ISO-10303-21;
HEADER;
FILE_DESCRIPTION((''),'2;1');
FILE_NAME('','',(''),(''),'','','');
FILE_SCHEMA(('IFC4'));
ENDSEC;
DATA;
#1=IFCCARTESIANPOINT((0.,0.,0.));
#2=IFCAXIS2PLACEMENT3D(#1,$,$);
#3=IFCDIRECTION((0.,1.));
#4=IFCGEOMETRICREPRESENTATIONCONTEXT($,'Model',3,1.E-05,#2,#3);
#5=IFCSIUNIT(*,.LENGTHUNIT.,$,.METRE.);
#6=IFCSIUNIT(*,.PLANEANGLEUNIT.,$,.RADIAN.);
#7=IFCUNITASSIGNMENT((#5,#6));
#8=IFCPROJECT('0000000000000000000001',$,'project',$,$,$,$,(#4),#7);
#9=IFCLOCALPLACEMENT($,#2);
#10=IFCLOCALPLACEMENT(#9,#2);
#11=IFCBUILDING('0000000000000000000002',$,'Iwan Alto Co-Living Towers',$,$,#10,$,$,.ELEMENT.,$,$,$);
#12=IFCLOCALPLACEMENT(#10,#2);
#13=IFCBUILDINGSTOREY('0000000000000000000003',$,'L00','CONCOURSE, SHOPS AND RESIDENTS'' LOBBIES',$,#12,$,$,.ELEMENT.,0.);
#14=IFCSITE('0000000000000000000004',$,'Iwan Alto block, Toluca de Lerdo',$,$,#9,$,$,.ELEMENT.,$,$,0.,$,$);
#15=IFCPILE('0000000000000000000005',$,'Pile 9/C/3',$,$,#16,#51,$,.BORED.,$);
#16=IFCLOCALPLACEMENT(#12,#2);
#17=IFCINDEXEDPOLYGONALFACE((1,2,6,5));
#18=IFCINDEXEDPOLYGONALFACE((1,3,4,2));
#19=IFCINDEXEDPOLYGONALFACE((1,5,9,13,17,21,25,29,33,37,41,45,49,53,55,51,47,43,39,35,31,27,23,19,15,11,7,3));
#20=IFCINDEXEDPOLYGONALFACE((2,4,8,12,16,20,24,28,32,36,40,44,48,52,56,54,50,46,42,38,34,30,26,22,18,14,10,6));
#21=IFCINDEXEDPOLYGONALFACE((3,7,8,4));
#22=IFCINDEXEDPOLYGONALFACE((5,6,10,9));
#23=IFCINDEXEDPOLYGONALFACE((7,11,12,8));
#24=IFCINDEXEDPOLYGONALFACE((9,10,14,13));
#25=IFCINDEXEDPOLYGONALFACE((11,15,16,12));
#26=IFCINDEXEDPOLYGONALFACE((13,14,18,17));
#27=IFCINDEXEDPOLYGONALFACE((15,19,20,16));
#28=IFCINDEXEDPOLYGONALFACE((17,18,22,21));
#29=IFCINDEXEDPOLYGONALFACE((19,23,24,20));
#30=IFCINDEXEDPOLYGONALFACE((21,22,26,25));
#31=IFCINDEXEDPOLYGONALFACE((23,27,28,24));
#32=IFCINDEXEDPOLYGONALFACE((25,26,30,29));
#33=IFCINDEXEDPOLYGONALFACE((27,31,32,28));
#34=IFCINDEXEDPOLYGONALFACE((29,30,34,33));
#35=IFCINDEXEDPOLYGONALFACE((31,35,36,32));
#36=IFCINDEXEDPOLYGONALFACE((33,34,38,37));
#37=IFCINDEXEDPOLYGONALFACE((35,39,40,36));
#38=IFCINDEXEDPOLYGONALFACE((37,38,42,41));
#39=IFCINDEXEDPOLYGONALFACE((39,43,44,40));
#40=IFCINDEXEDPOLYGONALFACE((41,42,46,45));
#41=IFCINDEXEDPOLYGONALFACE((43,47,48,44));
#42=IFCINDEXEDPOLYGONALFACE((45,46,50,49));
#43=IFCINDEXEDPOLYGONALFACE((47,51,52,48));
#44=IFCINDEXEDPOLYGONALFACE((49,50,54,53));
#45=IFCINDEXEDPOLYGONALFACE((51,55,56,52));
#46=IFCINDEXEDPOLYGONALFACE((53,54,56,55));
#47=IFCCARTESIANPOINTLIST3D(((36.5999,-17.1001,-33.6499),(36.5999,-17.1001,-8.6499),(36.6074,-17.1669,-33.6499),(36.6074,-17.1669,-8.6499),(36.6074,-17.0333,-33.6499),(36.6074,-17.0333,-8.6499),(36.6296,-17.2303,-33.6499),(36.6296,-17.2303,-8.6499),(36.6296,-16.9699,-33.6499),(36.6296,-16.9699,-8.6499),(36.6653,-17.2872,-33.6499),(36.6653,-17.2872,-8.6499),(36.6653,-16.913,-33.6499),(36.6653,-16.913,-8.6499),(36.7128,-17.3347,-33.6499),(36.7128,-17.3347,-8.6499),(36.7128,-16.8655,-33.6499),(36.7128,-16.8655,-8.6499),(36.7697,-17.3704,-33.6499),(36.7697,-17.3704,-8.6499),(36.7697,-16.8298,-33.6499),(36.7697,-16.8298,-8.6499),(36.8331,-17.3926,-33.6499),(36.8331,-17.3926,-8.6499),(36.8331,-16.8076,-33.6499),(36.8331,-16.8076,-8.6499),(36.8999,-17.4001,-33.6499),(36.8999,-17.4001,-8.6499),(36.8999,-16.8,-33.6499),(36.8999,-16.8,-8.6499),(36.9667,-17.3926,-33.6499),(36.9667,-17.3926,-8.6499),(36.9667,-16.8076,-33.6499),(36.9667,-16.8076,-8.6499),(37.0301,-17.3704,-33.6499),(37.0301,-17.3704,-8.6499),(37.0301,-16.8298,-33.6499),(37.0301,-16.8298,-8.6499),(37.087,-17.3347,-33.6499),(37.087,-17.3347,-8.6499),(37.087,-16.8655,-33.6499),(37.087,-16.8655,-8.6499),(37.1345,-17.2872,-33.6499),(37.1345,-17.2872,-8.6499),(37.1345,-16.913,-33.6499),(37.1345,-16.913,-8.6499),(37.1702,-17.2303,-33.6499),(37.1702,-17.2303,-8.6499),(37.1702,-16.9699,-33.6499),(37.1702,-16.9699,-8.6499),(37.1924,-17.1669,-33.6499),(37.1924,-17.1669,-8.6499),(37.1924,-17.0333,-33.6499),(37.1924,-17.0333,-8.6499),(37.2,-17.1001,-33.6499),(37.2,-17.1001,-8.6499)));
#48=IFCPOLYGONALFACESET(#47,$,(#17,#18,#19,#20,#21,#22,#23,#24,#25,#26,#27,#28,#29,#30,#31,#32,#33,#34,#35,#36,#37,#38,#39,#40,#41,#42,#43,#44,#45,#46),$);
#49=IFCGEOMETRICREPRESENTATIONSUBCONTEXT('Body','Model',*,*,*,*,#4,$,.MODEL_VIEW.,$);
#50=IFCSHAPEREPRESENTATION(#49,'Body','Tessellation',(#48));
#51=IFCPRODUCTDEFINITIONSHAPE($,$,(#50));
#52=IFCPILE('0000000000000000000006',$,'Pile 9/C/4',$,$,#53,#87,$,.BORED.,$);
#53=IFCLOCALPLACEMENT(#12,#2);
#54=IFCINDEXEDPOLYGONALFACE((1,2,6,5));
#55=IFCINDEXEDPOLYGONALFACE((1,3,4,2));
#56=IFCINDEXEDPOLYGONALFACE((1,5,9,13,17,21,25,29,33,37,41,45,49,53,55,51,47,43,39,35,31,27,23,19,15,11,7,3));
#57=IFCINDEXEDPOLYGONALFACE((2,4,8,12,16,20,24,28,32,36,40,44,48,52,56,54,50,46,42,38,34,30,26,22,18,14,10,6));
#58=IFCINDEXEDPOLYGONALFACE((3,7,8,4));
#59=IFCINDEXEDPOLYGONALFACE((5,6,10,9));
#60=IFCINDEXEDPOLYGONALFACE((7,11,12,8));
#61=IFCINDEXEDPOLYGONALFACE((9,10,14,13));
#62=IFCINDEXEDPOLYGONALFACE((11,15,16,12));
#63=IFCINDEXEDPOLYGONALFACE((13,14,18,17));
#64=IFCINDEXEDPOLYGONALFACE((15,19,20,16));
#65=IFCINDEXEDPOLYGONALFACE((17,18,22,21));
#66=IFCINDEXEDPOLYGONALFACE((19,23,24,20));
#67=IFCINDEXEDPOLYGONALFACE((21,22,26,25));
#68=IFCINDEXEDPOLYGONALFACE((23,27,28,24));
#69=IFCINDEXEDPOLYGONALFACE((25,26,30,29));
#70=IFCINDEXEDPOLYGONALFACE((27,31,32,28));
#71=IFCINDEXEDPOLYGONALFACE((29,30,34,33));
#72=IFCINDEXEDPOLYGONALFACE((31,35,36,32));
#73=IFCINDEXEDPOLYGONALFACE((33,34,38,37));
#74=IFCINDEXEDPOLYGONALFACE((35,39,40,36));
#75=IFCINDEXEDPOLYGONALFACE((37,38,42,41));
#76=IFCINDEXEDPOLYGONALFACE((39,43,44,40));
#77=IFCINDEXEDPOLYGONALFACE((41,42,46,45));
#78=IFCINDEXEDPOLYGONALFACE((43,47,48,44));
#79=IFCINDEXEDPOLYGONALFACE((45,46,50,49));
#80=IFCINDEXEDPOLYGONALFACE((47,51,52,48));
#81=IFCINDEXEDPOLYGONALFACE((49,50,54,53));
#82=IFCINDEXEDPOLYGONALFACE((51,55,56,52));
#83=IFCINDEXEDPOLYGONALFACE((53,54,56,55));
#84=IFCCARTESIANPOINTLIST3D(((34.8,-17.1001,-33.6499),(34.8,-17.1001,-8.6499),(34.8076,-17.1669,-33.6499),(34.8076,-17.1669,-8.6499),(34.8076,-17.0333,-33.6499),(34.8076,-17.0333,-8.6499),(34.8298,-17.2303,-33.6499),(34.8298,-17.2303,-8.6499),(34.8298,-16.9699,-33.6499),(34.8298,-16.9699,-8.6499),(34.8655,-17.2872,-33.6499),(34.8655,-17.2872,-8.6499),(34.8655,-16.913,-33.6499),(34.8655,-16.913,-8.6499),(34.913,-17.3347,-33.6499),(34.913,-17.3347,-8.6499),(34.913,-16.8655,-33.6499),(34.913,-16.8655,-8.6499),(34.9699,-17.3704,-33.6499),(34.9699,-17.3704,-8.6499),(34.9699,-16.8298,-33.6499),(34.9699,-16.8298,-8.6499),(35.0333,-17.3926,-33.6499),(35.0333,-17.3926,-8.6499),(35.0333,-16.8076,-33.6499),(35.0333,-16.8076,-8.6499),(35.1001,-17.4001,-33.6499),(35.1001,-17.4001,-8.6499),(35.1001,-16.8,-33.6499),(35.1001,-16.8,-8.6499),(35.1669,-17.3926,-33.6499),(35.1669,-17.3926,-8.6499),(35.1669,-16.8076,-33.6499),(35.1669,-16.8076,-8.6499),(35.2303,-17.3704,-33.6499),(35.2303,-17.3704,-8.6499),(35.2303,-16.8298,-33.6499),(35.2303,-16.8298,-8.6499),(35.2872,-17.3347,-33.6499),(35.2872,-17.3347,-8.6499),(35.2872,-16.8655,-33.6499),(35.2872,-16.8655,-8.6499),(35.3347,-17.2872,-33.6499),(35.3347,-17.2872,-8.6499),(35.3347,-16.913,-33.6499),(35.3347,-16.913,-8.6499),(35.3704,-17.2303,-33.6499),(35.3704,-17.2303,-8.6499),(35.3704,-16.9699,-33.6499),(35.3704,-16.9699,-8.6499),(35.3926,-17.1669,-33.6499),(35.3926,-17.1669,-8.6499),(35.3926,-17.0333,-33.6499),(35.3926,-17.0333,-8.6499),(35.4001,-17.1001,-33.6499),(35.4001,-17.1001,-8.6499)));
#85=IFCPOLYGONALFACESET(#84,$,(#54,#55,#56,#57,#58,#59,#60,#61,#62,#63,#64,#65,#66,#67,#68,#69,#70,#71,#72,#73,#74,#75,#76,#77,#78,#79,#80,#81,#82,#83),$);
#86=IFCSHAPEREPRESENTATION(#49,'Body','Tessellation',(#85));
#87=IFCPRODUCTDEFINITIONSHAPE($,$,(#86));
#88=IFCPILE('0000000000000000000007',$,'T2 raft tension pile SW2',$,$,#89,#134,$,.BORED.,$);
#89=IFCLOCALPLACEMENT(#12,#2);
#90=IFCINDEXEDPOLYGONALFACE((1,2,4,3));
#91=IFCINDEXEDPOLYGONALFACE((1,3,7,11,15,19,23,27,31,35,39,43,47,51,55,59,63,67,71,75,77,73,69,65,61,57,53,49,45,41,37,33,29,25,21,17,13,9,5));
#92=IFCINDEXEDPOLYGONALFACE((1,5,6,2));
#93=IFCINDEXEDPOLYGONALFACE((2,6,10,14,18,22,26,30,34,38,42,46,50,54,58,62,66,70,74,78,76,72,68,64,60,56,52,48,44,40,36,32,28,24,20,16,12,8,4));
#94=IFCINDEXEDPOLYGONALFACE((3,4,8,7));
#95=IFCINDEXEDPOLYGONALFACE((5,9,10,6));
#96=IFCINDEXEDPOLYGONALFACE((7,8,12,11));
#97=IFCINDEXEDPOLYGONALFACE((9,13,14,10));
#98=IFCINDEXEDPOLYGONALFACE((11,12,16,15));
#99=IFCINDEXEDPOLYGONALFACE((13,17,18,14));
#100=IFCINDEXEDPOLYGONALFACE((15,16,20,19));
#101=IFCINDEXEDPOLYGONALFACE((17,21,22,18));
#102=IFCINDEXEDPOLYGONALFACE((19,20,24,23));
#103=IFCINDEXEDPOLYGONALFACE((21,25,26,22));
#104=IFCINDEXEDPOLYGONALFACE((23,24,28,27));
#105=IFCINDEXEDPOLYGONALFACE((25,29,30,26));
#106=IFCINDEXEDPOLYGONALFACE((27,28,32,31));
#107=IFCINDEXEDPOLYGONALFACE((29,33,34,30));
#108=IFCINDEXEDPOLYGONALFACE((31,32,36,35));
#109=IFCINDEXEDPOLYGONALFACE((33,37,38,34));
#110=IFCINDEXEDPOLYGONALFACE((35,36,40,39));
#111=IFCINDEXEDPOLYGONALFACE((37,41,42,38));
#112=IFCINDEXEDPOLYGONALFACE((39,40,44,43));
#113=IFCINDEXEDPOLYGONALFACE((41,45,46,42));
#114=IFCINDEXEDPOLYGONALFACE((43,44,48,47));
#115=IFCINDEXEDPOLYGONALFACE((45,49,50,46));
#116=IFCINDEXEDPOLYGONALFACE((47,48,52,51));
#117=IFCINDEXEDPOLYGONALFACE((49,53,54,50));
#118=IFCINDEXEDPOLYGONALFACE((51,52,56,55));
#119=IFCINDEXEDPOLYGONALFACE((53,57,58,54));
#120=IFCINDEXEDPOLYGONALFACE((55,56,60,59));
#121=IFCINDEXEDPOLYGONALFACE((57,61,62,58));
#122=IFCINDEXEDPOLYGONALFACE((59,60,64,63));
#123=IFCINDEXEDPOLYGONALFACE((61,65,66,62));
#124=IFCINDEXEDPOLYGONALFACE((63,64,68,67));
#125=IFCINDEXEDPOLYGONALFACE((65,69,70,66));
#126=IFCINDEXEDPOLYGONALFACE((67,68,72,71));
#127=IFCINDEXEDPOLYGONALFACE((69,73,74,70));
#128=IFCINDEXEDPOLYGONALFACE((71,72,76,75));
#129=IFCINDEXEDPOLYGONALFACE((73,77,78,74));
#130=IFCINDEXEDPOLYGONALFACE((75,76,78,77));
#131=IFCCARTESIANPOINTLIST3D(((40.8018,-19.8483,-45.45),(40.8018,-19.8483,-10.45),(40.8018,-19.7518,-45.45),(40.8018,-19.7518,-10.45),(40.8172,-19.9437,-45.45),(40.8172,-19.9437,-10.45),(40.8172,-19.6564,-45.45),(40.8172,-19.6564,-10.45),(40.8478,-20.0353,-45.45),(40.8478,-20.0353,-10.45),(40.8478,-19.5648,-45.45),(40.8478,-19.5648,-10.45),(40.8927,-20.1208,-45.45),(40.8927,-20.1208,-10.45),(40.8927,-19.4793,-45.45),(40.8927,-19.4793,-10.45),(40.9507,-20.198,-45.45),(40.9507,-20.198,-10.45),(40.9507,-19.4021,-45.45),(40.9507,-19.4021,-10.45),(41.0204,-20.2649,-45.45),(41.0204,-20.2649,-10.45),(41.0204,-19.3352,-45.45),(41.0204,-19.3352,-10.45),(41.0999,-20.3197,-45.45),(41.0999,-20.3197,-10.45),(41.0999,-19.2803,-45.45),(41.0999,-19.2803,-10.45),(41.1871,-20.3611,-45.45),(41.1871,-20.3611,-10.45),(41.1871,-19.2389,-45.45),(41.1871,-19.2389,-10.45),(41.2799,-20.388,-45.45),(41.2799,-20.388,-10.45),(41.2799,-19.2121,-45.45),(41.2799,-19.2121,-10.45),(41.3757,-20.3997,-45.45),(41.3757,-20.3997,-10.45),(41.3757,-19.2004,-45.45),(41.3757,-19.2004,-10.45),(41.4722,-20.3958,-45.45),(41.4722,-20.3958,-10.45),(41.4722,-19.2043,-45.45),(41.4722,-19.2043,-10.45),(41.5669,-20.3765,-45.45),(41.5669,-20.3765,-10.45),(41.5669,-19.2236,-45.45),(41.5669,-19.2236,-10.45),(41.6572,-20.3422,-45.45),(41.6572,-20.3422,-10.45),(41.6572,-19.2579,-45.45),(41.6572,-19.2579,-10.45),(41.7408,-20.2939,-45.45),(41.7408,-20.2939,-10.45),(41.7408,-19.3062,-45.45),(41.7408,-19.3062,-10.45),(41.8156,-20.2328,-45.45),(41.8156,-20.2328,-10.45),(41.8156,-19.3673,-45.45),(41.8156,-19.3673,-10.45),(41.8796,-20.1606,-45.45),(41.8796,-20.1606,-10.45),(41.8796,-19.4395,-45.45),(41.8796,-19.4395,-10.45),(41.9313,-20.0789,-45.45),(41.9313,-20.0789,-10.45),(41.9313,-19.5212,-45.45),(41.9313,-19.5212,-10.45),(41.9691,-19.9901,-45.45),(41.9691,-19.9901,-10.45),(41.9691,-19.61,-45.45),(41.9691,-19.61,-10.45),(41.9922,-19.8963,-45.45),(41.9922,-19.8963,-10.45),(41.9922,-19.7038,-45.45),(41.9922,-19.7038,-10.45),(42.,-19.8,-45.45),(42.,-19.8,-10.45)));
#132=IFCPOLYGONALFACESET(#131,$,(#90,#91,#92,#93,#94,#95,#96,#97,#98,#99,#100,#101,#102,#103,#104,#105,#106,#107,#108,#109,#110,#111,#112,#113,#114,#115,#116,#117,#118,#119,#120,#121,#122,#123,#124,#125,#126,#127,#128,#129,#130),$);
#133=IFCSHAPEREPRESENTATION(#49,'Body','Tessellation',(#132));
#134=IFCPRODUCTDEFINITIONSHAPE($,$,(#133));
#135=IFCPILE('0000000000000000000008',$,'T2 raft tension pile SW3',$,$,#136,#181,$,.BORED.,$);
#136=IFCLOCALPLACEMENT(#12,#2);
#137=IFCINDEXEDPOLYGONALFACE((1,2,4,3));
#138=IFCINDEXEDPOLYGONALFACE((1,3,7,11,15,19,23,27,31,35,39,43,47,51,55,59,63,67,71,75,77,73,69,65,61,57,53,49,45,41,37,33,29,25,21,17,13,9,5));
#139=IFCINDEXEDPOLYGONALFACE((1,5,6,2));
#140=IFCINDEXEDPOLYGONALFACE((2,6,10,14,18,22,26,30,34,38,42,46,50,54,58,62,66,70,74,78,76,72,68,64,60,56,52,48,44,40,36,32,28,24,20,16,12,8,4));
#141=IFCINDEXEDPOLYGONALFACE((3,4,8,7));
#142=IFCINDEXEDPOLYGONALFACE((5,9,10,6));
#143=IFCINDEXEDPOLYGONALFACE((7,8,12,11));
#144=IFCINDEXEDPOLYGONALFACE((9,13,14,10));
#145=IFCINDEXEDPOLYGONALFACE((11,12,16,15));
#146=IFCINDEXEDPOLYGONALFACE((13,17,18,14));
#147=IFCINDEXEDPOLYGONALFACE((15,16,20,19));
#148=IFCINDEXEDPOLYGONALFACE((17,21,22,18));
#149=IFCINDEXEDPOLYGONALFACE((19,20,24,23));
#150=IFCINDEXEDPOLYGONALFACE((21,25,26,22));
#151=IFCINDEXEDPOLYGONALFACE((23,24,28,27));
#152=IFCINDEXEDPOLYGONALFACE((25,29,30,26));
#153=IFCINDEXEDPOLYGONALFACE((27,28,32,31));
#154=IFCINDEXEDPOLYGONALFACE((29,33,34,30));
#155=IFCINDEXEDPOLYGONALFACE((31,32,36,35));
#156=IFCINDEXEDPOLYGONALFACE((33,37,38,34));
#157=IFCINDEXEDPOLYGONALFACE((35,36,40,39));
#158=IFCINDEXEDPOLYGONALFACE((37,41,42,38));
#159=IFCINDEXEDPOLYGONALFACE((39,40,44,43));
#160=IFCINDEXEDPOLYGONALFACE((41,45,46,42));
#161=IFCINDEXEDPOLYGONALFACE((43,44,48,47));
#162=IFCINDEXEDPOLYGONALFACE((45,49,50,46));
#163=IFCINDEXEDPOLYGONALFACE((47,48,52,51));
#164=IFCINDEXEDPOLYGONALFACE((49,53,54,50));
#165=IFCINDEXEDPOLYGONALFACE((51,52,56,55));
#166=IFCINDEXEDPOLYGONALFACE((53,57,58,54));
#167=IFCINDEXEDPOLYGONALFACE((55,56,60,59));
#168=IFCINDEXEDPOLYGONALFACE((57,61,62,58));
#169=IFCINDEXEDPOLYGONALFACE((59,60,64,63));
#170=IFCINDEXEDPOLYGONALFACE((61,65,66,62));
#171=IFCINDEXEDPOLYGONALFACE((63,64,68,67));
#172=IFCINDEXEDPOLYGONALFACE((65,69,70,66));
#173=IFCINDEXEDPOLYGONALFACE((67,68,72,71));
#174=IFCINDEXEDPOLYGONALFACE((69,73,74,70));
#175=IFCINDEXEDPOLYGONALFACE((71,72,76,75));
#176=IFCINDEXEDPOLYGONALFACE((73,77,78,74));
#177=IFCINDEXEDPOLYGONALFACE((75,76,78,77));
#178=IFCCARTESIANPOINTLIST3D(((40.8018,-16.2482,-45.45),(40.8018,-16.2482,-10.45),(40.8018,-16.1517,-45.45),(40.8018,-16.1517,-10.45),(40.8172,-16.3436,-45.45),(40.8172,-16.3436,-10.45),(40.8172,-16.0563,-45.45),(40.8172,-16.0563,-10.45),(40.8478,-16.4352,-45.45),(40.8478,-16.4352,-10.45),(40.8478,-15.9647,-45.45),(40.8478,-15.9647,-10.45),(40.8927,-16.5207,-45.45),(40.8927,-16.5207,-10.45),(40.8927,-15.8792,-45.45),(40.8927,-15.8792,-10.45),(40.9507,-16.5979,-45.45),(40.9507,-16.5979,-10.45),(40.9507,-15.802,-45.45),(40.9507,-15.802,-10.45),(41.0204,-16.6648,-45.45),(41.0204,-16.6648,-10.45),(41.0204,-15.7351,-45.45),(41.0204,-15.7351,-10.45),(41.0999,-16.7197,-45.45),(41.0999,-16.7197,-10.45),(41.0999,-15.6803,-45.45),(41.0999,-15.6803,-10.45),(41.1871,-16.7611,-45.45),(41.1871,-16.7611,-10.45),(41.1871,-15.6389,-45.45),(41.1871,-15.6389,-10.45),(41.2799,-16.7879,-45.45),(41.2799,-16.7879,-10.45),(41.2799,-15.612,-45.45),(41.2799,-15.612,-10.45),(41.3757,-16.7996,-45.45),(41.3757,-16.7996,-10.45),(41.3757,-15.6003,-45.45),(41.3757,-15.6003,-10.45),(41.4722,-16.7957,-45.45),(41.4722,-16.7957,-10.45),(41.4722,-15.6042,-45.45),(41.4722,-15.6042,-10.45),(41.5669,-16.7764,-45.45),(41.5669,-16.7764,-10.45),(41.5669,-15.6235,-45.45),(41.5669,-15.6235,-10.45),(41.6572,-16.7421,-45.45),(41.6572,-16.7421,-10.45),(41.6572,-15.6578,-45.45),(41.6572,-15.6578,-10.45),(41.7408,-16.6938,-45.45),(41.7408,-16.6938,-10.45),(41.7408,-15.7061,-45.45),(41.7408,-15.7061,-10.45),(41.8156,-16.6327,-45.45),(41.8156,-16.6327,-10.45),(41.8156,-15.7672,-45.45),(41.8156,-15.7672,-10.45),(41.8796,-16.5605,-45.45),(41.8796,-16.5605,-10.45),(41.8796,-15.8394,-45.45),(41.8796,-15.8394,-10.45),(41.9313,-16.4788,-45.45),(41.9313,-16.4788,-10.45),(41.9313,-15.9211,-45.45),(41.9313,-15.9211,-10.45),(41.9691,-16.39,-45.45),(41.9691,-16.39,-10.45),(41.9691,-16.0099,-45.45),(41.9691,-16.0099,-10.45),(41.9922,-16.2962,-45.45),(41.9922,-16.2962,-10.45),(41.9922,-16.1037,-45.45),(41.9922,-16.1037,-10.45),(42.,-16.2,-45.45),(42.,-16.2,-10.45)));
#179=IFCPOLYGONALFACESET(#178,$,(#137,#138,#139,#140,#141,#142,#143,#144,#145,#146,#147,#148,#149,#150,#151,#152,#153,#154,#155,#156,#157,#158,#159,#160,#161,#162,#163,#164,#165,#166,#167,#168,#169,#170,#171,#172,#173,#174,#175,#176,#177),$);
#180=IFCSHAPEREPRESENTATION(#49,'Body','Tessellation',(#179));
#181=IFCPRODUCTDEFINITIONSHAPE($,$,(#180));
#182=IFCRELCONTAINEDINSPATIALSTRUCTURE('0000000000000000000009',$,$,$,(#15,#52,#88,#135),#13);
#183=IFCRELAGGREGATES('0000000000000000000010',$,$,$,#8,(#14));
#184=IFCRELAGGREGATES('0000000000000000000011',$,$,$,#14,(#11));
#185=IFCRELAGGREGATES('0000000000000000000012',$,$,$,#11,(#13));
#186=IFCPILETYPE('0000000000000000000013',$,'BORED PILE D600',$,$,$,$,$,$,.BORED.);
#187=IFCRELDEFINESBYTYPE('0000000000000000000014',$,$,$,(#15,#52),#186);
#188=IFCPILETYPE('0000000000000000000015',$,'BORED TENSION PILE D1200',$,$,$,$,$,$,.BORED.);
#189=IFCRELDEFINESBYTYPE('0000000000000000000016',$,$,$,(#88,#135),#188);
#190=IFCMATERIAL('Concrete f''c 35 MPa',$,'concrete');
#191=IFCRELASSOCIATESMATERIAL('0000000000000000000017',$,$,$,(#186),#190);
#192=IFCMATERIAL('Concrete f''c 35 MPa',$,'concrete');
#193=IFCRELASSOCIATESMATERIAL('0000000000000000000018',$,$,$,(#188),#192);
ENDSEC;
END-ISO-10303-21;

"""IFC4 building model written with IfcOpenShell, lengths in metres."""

from ifc_helpers import new_model, si_unit, direction, frame, origin, origin_2d, place, context, subcontext, project, spatial, circle, extrude, material, material_profile, profile_set, type_object, element, save


model = new_model("IFC4")

# Units and contexts
model_context = context("Model", 3, precision=1e-05, world=origin(), true_north=direction((0.0, 1.0)))
body_context = subcontext(model_context, "Body", "Model", "MODEL_VIEW")
ifc_project = project(units=[si_unit("LENGTHUNIT", "METRE"), si_unit("PLANEANGLEUNIT", "RADIAN")], contexts=[model_context])

# Site, building, storey
site_placement = place(None, origin())
site = spatial("IfcSite", under=ifc_project, at=site_placement, Name="Iwan Alto block, Toluca de Lerdo", CompositionType="ELEMENT", RefElevation=0.0)
building_placement = place(site_placement, origin())
building = spatial("IfcBuilding", under=site, at=building_placement, Name="Iwan Alto Co-Living Towers", CompositionType="ELEMENT")
storey_placement = place(building_placement, origin())
storey = spatial("IfcBuildingStorey", under=building, at=storey_placement, Name="L00", Description="CONCOURSE, SHOPS AND RESIDENTS' LOBBIES", CompositionType="ELEMENT", Elevation=0.0)

# Piles
ifc_material_1 = material(Name="Concrete f'c 35 MPa", Category="concrete")
ifc_material_profile_1 = material_profile(ifc_material_1, circle(Radius=0.3, at=origin_2d()), Name="D600")
ifc_profile_set_1 = profile_set([ifc_material_profile_1], Name="Concrete f'c 35 MPa")
pile_type_1 = type_object("IfcPileType", Name="BORED PILE D600", PredefinedType="BORED", material=ifc_profile_set_1)
for number, where, z_axis, x_axis, name in (
    (1, (36.8999, -17.1001, -8.6499), (0.0, 0.0, -1.0), (1.0, 0.0, 0.0), "Pile 9/C/3"),
    (2, (35.1001, -17.1001, -8.6499), (0.0, 0.0, -1.0), (1.0, 0.0, 0.0), "Pile 9/C/4"),
):
    element("IfcPile", number, at=place(storey_placement, frame(where, z_axis=z_axis, x_axis=x_axis)), inside=storey, type_object=pile_type_1, Name=name, PredefinedType="BORED", context=body_context, shape_type="SweptSolid", body=[
        extrude(circle(Radius=0.3, at=origin_2d()), origin(), (0.0, 0.0, 1.0), 25.0),
    ])
ifc_material_2 = material(Name="Concrete f'c 35 MPa", Category="concrete")
ifc_material_profile_2 = material_profile(ifc_material_2, circle(Radius=0.6001, at=origin_2d()), Name="D1200")
ifc_profile_set_2 = profile_set([ifc_material_profile_2], Name="Concrete f'c 35 MPa")
pile_type_2 = type_object("IfcPileType", Name="BORED TENSION PILE D1200", PredefinedType="BORED", material=ifc_profile_set_2)
for number, where, z_axis, x_axis, name in (
    (3, (41.3999, -19.8, -10.45), (0.0, 0.0, -1.0), (1.0, 0.0, 0.0), "T2 raft tension pile SW2"),
    (4, (41.3999, -16.2, -10.45), (0.0, 0.0, -1.0), (1.0, 0.0, 0.0), "T2 raft tension pile SW3"),
):
    element("IfcPile", number, at=place(storey_placement, frame(where, z_axis=z_axis, x_axis=x_axis)), inside=storey, type_object=pile_type_2, Name=name, PredefinedType="BORED", context=body_context, shape_type="SweptSolid", body=[
        extrude(circle(Radius=0.6001, at=origin_2d()), origin(), (0.0, 0.0, 1.0), 35.0),
    ])

save(model, "model.ifc")
